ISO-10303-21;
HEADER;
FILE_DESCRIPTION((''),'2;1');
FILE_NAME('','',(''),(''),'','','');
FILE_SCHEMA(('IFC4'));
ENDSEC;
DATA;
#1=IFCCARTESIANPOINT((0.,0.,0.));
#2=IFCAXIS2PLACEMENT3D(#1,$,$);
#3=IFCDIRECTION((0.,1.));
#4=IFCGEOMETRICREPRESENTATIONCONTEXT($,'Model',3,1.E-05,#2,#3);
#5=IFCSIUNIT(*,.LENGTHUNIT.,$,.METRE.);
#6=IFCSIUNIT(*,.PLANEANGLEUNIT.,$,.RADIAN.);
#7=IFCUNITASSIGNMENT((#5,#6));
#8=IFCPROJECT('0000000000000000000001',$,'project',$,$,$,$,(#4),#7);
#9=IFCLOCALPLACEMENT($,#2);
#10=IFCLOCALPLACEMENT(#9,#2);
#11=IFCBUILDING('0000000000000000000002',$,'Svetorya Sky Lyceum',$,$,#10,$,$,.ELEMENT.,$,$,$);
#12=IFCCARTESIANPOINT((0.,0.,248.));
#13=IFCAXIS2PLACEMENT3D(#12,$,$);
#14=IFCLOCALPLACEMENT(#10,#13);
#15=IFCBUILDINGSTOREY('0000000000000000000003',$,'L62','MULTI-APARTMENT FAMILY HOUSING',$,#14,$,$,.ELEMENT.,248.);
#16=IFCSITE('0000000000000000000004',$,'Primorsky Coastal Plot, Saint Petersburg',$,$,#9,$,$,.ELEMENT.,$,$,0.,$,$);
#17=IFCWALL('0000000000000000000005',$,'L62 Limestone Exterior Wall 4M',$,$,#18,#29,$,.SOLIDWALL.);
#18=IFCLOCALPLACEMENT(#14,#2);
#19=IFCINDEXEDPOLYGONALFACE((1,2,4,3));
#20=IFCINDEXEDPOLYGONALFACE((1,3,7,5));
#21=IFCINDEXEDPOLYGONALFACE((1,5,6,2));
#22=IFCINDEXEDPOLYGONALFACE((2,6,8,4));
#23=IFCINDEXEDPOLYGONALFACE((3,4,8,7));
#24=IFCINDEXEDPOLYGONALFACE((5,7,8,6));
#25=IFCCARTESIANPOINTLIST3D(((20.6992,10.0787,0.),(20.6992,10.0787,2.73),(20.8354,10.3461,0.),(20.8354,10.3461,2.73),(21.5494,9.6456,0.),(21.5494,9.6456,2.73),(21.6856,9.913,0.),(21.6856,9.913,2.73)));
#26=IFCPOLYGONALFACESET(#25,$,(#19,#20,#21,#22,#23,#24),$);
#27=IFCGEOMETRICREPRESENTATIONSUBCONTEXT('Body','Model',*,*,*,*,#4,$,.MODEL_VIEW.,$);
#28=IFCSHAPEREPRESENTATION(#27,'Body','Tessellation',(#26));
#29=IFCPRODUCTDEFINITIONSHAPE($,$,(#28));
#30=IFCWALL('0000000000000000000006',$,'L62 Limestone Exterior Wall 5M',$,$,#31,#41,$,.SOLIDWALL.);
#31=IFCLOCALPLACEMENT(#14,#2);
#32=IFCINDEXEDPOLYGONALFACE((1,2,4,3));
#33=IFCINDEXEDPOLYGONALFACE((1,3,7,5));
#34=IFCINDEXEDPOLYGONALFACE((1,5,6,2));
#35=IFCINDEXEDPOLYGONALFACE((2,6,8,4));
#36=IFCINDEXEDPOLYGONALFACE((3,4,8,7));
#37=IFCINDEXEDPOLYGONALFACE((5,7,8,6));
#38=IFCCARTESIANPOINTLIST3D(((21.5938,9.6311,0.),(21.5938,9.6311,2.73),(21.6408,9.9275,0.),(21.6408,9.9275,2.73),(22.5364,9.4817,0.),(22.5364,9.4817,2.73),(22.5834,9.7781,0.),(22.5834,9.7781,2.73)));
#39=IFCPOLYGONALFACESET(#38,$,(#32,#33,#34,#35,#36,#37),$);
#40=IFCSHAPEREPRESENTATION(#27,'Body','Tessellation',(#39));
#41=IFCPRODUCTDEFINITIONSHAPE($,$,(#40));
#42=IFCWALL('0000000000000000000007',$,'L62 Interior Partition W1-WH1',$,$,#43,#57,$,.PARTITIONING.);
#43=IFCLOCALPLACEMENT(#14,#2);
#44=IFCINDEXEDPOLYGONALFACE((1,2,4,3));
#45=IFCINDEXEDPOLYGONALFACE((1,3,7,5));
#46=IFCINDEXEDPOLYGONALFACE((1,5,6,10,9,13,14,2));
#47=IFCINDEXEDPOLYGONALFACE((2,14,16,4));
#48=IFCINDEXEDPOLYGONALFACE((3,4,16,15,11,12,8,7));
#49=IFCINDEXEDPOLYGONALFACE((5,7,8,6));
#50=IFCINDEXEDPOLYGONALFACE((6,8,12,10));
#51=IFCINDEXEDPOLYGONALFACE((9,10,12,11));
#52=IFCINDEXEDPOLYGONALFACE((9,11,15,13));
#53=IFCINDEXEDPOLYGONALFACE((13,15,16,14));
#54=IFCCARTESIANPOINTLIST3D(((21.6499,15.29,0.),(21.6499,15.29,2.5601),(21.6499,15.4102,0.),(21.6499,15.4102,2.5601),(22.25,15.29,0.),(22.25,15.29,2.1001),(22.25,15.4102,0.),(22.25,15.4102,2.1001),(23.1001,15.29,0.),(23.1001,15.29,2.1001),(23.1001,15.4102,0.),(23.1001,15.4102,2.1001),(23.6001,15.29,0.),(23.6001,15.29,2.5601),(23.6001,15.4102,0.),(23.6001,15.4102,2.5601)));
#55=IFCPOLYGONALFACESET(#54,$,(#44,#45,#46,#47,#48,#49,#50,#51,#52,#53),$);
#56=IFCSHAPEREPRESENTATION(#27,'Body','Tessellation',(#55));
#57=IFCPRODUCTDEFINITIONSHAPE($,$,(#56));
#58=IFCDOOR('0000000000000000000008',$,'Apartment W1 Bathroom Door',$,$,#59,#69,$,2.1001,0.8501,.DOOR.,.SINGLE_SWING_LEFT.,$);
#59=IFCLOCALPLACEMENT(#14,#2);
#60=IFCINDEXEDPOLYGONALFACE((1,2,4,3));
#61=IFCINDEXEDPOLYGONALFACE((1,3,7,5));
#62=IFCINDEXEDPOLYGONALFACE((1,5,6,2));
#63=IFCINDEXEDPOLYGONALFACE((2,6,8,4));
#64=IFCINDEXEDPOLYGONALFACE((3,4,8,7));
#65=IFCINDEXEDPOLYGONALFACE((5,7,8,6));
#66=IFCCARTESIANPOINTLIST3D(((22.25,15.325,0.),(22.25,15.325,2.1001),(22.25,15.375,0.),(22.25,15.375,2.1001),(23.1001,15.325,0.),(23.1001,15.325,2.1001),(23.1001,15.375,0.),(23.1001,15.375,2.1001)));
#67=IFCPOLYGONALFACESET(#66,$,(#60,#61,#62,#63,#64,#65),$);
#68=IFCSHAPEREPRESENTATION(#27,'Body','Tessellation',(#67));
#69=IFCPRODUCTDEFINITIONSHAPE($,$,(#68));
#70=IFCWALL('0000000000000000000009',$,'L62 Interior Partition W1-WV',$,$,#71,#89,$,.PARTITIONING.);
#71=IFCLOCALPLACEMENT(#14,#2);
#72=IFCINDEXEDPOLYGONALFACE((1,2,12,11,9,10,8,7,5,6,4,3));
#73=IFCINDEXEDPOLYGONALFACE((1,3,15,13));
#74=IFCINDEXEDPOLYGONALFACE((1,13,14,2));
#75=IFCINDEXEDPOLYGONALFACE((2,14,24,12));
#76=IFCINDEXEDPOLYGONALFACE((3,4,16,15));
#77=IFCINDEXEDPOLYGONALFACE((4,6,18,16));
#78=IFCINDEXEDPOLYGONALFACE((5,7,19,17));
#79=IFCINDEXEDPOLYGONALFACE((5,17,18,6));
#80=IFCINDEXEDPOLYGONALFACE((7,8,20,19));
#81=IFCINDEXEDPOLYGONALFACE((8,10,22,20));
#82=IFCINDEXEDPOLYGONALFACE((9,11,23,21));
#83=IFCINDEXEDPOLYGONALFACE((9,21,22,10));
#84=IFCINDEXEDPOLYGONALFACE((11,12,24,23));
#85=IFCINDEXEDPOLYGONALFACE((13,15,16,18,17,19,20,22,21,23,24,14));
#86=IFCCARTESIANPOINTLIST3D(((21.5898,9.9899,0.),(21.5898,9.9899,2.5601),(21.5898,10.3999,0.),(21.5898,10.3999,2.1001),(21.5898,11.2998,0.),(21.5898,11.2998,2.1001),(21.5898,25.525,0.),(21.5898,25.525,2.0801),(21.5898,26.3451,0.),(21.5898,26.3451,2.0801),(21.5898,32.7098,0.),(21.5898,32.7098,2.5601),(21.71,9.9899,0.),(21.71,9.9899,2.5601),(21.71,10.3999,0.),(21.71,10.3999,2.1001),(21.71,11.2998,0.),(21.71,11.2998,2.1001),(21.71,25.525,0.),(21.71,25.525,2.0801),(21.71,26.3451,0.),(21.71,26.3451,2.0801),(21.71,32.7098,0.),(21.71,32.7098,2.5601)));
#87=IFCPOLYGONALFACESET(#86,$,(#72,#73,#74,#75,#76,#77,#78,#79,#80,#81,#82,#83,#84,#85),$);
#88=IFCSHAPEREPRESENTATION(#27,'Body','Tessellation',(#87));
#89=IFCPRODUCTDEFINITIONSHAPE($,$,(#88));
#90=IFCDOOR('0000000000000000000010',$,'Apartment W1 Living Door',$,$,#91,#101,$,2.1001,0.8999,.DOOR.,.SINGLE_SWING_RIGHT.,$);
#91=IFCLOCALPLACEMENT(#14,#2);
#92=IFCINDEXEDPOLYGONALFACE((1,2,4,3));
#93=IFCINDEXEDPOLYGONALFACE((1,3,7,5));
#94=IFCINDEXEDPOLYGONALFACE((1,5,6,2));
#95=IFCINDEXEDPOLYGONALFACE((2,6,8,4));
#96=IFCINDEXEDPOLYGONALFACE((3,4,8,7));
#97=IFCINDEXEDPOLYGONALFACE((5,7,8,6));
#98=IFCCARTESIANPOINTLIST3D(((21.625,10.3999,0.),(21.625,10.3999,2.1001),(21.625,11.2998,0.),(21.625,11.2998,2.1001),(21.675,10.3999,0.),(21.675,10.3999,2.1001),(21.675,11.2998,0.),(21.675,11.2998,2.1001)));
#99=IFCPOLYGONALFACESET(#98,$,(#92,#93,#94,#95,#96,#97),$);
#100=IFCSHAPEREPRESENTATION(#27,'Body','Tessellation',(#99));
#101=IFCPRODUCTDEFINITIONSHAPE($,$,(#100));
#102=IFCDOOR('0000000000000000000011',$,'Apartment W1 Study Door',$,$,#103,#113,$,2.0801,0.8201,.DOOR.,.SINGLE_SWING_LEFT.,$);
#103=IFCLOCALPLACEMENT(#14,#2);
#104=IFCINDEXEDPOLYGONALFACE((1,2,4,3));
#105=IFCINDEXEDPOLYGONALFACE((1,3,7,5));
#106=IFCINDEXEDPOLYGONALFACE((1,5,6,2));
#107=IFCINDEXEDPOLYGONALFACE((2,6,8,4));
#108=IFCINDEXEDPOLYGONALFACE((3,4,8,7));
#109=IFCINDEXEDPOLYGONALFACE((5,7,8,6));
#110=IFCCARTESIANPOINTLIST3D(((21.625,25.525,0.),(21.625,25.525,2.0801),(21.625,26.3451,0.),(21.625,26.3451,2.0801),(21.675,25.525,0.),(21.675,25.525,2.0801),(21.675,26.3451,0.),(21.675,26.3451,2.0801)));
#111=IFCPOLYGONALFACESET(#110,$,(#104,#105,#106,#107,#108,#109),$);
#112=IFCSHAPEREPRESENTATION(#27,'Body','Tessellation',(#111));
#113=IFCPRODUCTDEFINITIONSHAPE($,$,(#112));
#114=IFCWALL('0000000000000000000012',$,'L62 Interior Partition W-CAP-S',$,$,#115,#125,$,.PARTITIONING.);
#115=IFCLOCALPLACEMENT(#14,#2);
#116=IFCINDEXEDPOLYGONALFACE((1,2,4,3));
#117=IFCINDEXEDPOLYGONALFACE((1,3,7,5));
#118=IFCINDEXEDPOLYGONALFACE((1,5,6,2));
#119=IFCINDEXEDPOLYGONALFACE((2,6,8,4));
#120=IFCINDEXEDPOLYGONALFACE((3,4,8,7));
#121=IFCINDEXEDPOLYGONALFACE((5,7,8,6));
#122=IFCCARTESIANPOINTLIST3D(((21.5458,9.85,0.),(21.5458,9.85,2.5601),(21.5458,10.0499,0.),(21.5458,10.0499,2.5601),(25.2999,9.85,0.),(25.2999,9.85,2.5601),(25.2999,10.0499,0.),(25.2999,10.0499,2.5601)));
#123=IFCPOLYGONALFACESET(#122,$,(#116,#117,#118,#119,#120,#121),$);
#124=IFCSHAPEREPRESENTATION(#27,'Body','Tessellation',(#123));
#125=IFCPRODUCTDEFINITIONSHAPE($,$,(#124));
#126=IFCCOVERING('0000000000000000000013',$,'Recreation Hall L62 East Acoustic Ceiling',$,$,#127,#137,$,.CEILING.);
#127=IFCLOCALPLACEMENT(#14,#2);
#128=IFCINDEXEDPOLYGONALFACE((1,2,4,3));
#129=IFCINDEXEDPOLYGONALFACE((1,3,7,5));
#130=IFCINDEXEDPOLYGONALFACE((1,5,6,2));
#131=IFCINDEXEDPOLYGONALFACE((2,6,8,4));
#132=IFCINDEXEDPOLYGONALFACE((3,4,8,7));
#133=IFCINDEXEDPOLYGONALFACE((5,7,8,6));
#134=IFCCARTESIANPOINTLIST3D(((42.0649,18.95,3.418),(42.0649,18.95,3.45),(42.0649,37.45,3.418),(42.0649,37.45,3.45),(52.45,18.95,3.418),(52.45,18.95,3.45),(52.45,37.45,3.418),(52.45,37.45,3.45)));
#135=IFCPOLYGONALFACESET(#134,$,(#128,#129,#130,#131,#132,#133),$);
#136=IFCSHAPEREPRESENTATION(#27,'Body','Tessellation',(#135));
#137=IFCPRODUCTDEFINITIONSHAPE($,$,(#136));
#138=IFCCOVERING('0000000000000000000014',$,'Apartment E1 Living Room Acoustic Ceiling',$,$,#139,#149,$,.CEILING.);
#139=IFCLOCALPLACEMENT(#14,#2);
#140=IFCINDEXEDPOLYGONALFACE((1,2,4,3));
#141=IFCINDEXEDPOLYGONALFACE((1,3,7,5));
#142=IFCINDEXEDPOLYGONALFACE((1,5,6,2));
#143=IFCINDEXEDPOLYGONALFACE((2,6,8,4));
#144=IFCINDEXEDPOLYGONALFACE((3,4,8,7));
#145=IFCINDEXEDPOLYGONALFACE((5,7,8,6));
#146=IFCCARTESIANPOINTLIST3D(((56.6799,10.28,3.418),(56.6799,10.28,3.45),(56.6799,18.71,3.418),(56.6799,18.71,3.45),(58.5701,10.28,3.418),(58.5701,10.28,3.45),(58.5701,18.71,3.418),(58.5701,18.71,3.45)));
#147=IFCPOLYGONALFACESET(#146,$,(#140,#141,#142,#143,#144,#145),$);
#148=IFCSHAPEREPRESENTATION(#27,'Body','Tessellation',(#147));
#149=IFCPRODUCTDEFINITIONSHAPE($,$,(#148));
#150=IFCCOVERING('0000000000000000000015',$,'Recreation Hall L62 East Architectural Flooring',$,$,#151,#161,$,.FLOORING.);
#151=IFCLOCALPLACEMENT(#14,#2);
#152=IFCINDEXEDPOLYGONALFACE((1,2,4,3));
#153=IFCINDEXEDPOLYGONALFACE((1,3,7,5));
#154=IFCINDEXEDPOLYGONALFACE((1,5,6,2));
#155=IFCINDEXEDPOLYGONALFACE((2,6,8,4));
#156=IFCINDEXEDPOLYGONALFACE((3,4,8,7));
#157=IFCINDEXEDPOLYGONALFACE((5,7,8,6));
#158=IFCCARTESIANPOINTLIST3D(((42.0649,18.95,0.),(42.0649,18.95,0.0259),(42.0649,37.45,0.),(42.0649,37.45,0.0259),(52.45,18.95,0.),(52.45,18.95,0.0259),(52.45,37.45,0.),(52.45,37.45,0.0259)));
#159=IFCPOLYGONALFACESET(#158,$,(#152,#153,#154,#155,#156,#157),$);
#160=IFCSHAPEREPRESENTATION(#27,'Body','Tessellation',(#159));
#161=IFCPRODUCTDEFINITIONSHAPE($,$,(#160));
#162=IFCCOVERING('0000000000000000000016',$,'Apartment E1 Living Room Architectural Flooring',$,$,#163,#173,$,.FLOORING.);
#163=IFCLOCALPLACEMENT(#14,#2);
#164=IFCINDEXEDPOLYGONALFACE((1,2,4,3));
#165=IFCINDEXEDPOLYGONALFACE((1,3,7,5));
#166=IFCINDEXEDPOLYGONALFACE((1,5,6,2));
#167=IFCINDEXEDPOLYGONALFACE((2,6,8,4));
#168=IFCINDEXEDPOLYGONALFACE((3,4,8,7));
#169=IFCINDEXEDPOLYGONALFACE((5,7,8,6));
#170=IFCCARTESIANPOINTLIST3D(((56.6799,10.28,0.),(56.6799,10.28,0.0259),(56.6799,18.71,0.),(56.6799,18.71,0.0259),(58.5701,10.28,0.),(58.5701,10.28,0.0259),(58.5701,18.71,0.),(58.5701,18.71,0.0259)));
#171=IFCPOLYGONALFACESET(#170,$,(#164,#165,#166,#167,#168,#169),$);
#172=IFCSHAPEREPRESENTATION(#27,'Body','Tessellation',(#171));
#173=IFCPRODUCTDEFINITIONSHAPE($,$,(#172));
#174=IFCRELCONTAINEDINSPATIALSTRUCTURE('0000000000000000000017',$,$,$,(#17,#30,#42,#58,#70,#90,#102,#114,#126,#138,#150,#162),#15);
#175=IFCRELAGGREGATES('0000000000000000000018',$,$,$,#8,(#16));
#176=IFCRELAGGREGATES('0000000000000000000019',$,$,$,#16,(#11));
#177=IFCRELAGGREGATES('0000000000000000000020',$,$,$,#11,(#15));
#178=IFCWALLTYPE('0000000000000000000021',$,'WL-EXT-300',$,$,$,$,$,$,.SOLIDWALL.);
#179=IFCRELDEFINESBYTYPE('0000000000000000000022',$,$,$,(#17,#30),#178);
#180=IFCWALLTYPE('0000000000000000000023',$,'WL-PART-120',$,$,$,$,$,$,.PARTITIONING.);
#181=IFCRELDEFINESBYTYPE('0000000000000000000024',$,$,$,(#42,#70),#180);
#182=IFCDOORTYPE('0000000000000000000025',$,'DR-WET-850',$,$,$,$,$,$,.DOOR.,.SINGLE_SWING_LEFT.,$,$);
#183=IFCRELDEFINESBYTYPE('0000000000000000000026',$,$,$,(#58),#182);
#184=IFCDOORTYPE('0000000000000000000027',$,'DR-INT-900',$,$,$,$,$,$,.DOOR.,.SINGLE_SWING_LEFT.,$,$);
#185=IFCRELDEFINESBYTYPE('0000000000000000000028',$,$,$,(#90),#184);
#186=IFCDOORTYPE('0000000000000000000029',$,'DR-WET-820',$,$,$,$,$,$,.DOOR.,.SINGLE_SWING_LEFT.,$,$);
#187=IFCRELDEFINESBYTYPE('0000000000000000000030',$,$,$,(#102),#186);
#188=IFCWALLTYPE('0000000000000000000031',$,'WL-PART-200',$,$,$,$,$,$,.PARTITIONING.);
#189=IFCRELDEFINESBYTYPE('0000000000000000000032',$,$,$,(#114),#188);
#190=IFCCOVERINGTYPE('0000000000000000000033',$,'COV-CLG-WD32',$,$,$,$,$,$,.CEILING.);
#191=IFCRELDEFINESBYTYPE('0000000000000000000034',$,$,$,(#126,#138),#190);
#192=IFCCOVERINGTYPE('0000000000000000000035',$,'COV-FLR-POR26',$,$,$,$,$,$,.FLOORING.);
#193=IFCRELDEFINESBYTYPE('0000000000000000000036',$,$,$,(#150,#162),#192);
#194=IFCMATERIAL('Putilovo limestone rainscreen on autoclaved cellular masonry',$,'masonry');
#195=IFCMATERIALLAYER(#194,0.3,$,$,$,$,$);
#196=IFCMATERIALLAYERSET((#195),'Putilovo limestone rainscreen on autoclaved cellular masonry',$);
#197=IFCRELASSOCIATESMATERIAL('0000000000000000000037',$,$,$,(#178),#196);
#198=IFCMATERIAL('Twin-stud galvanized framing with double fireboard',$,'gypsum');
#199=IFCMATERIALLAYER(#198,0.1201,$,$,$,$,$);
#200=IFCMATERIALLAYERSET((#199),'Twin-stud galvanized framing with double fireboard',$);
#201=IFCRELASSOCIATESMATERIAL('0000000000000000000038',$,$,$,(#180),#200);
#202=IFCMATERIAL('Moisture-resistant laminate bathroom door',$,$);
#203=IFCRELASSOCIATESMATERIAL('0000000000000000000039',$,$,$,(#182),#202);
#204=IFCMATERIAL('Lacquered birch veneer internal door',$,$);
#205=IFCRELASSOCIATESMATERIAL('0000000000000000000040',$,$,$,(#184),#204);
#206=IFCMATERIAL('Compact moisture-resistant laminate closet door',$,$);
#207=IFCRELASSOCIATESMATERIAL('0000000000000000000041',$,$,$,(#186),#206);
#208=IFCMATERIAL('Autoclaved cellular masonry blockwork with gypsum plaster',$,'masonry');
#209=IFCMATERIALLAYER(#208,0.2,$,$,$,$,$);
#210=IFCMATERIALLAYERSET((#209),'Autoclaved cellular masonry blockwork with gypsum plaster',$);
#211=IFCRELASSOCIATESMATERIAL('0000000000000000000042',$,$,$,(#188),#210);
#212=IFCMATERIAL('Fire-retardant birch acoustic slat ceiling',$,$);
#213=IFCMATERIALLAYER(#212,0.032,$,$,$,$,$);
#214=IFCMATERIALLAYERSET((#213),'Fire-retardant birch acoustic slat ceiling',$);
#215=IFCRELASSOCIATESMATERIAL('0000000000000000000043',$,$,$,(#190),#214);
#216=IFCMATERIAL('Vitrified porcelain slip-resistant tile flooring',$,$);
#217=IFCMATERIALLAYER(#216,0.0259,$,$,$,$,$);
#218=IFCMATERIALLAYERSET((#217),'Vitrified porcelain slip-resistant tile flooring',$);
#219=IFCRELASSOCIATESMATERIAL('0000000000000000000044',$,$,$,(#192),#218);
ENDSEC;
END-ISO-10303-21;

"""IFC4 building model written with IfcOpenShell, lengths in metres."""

from ifc_helpers import new_model, si_unit, direction, frame, frame_2d, origin, place, context, subcontext, project, spatial, polyline, rectangle, outline, extrude, material, layer, layer_set, type_object, element, fill, save


model = new_model("IFC4")

# Units and contexts
model_context = context("Model", 3, precision=1e-05, world=origin(), true_north=direction((0.0, 1.0)))
body_context = subcontext(model_context, "Body", "Model", "MODEL_VIEW")
ifc_project = project(units=[si_unit("LENGTHUNIT", "METRE"), si_unit("PLANEANGLEUNIT", "RADIAN")], contexts=[model_context])

# Site, building, storey
site_placement = place(None, origin())
site = spatial("IfcSite", under=ifc_project, at=site_placement, Name="Primorsky Coastal Plot, Saint Petersburg", CompositionType="ELEMENT", RefElevation=0.0)
building_placement = place(site_placement, origin())
building = spatial("IfcBuilding", under=site, at=building_placement, Name="Svetorya Sky Lyceum", CompositionType="ELEMENT")
storey_placement = place(building_placement, frame((0.0, 0.0, 248.0)))
storey = spatial("IfcBuildingStorey", under=building, at=storey_placement, Name="L62", Description="MULTI-APARTMENT FAMILY HOUSING", CompositionType="ELEMENT", Elevation=248.0)

# Walls
ifc_material_1 = material(Name="Putilovo limestone rainscreen on autoclaved cellular masonry", Category="masonry")
ifc_layer_1 = layer(ifc_material_1, 0.3)
ifc_layer_set_1 = layer_set([ifc_layer_1], Name="Putilovo limestone rainscreen on autoclaved cellular masonry")
wall_type_1 = type_object("IfcWallType", Name="WL-EXT-300", PredefinedType="SOLIDWALL", material=ifc_layer_set_1)
wall_1_placement = place(storey_placement, frame((20.7673, 10.2124, 0.0), z_axis=(0.0, 0.0, 1.0), x_axis=(0.891024, -0.453956, 0.0)))
element("IfcWall", 1, at=wall_1_placement, inside=storey, type_object=wall_type_1, Name="L62 Limestone Exterior Wall 4M", PredefinedType="SOLIDWALL", context=body_context, shape_type="SweptSolid", body=[
    extrude(rectangle(XDim=0.9541, YDim=0.3, at=frame_2d((0.4771, 0.0))), origin(), (0.0, 0.0, 1.0), 2.73),
])
wall_2_placement = place(storey_placement, frame((21.6174, 9.7793, 0.0), z_axis=(0.0, 0.0, 1.0), x_axis=(0.987669, -0.156554, 0.0)))
element("IfcWall", 2, at=wall_2_placement, inside=storey, type_object=wall_type_1, Name="L62 Limestone Exterior Wall 5M", PredefinedType="SOLIDWALL", context=body_context, shape_type="SweptSolid", body=[
    extrude(rectangle(XDim=0.9543, YDim=0.3, at=frame_2d((0.4771, 0.0))), origin(), (0.0, 0.0, 1.0), 2.73),
])

# Wall, opening, door
ifc_material_2 = material(Name="Twin-stud galvanized framing with double fireboard", Category="gypsum")
ifc_layer_2 = layer(ifc_material_2, 0.1201)
ifc_layer_set_2 = layer_set([ifc_layer_2], Name="Twin-stud galvanized framing with double fireboard")
wall_type_2 = type_object("IfcWallType", Name="WL-PART-120", PredefinedType="PARTITIONING", material=ifc_layer_set_2)
wall_3_placement = place(storey_placement, frame((21.6499, 15.3501, 0.0), z_axis=(0.0, 0.0, 1.0), x_axis=(1.0, 0.0, 0.0)))
wall_3 = element("IfcWall", 3, at=wall_3_placement, inside=storey, type_object=wall_type_2, Name="L62 Interior Partition W1-WH1", PredefinedType="PARTITIONING", context=body_context, shape_type="SweptSolid", body=[
    extrude(rectangle(XDim=1.9502, YDim=0.1201, at=frame_2d((0.9751, 0.0))), origin(), (0.0, 0.0, 1.0), 2.5601),
])
opening_1_placement = place(wall_3_placement, frame((0.6001, 0.0, 0.0)))
opening_1 = element("IfcOpeningElement", 4, at=opening_1_placement, cuts=wall_3, PredefinedType="OPENING", context=body_context, shape_type="SweptSolid", body=[
    extrude(rectangle(XDim=0.8501, YDim=2.1001, at=frame_2d((0.425, 1.05))), frame((0.0, 0.0701, 0.0), z_axis=(0.0, -1.0, 0.0), x_axis=(1.0, 0.0, 0.0)), (0.0, 0.0, 1.0), 0.1401),
])
ifc_material_3 = material(Name="Moisture-resistant laminate bathroom door")
door_type_1 = type_object("IfcDoorType", Name="DR-WET-850", OperationType="SINGLE_SWING_LEFT", PredefinedType="DOOR", material=ifc_material_3)
door_1_placement = place(opening_1_placement, origin())
door_1 = element("IfcDoor", 5, at=door_1_placement, inside=storey, type_object=door_type_1, Name="Apartment W1 Bathroom Door", OperationType="SINGLE_SWING_LEFT", OverallHeight=2.1001, OverallWidth=0.8501, PredefinedType="DOOR", context=body_context, shape_type="SweptSolid", body=[
    extrude(rectangle(XDim=0.8501, YDim=2.1001, at=frame_2d((0.425, 1.05))), frame((0.0, 0.0249, 0.0), z_axis=(0.0, -1.0, 0.0), x_axis=(1.0, 0.0, 0.0)), (0.0, 0.0, 1.0), 0.05),
])
fill(opening_1, door_1)

# Wall, openings, doors
wall_4_placement = place(storey_placement, frame((21.6499, 9.99, 0.0), z_axis=(0.0, 0.0, 1.0), x_axis=(0.0, 1.0, 0.0)))
wall_4 = element("IfcWall", 6, at=wall_4_placement, inside=storey, type_object=wall_type_2, Name="L62 Interior Partition W1-WV", PredefinedType="PARTITIONING", context=body_context, shape_type="SweptSolid", body=[
    extrude(rectangle(XDim=22.72, YDim=0.1201, at=frame_2d((11.3599, 0.0))), origin(), (0.0, 0.0, 1.0), 2.5601),
])
opening_2_placement = place(wall_4_placement, frame((0.4099, 0.0, 0.0)))
opening_2 = element("IfcOpeningElement", 7, at=opening_2_placement, cuts=wall_4, PredefinedType="OPENING", context=body_context, shape_type="SweptSolid", body=[
    extrude(rectangle(XDim=0.8999, YDim=2.1001, at=frame_2d((0.45, 1.05))), frame((0.0, 0.0701, 0.0), z_axis=(0.0, -1.0, 0.0), x_axis=(1.0, 0.0, 0.0)), (0.0, 0.0, 1.0), 0.1401),
])
opening_3_placement = place(wall_4_placement, frame((15.5349, 0.0, 0.0)))
opening_3 = element("IfcOpeningElement", 8, at=opening_3_placement, cuts=wall_4, PredefinedType="OPENING", context=body_context, shape_type="SweptSolid", body=[
    extrude(rectangle(XDim=0.8201, YDim=2.0801, at=frame_2d((0.4102, 1.04))), frame((0.0, 0.0701, 0.0), z_axis=(0.0, -1.0, 0.0), x_axis=(1.0, 0.0, 0.0)), (0.0, 0.0, 1.0), 0.1401),
])
ifc_material_4 = material(Name="Lacquered birch veneer internal door")
door_type_2 = type_object("IfcDoorType", Name="DR-INT-900", OperationType="SINGLE_SWING_LEFT", PredefinedType="DOOR", material=ifc_material_4)
door_2_placement = place(opening_2_placement, origin())
door_2 = element("IfcDoor", 9, at=door_2_placement, inside=storey, type_object=door_type_2, Name="Apartment W1 Living Door", OperationType="SINGLE_SWING_RIGHT", OverallHeight=2.1001, OverallWidth=0.8999, PredefinedType="DOOR", context=body_context, shape_type="SweptSolid", body=[
    extrude(rectangle(XDim=0.8999, YDim=2.1001, at=frame_2d((0.45, 1.05))), frame((0.0, 0.0249, 0.0), z_axis=(0.0, -1.0, 0.0), x_axis=(1.0, 0.0, 0.0)), (0.0, 0.0, 1.0), 0.05),
])
fill(opening_2, door_2)
ifc_material_5 = material(Name="Compact moisture-resistant laminate closet door")
door_type_3 = type_object("IfcDoorType", Name="DR-WET-820", OperationType="SINGLE_SWING_LEFT", PredefinedType="DOOR", material=ifc_material_5)
door_3_placement = place(opening_3_placement, origin())
door_3 = element("IfcDoor", 10, at=door_3_placement, inside=storey, type_object=door_type_3, Name="Apartment W1 Study Door", OperationType="SINGLE_SWING_LEFT", OverallHeight=2.0801, OverallWidth=0.8201, PredefinedType="DOOR", context=body_context, shape_type="SweptSolid", body=[
    extrude(rectangle(XDim=0.8201, YDim=2.0801, at=frame_2d((0.4102, 1.04))), frame((0.0, 0.0249, 0.0), z_axis=(0.0, -1.0, 0.0), x_axis=(1.0, 0.0, 0.0)), (0.0, 0.0, 1.0), 0.05),
])
fill(opening_3, door_3)

# Wall
ifc_material_6 = material(Name="Autoclaved cellular masonry blockwork with gypsum plaster", Category="masonry")
ifc_layer_3 = layer(ifc_material_6, 0.2)
ifc_layer_set_3 = layer_set([ifc_layer_3], Name="Autoclaved cellular masonry blockwork with gypsum plaster")
wall_type_3 = type_object("IfcWallType", Name="WL-PART-200", PredefinedType="PARTITIONING", material=ifc_layer_set_3)
wall_5_placement = place(storey_placement, frame((21.5459, 9.95, 0.0), z_axis=(0.0, 0.0, 1.0), x_axis=(1.0, 0.0, 0.0)))
element("IfcWall", 11, at=wall_5_placement, inside=storey, type_object=wall_type_3, Name="L62 Interior Partition W-CAP-S", PredefinedType="PARTITIONING", context=body_context, shape_type="SweptSolid", body=[
    extrude(rectangle(XDim=3.7542, YDim=0.2, at=frame_2d((1.877, 0.0))), origin(), (0.0, 0.0, 1.0), 2.5601),
])

# Coverings
ifc_material_7 = material(Name="Fire-retardant birch acoustic slat ceiling")
ifc_layer_4 = layer(ifc_material_7, 0.032)
ifc_layer_set_4 = layer_set([ifc_layer_4], Name="Fire-retardant birch acoustic slat ceiling")
covering_type_1 = type_object("IfcCoveringType", Name="COV-CLG-WD32", PredefinedType="CEILING", material=ifc_layer_set_4)
covering_1_placement = place(storey_placement, frame((0.0, 0.0, 3.418)))
element("IfcCovering", 12, at=covering_1_placement, inside=storey, type_object=covering_type_1, Name="Recreation Hall L62 East Acoustic Ceiling", PredefinedType="CEILING", context=body_context, shape_type="SweptSolid", body=[
    extrude(outline(polyline([(42.0649, 18.95), (52.45, 18.95), (52.45, 37.45), (42.0649, 37.45), (42.0649, 18.95)])), origin(), (0.0, 0.0, 1.0), 0.032),
])
covering_2_placement = place(storey_placement, frame((0.0, 0.0, 3.418)))
element("IfcCovering", 13, at=covering_2_placement, inside=storey, type_object=covering_type_1, Name="Apartment E1 Living Room Acoustic Ceiling", PredefinedType="CEILING", context=body_context, shape_type="SweptSolid", body=[
    extrude(outline(polyline([(56.6799, 10.28), (58.5701, 10.28), (58.5701, 18.71), (56.6799, 18.71), (56.6799, 10.28)])), origin(), (0.0, 0.0, 1.0), 0.032),
])
ifc_material_8 = material(Name="Vitrified porcelain slip-resistant tile flooring")
ifc_layer_5 = layer(ifc_material_8, 0.0259)
ifc_layer_set_5 = layer_set([ifc_layer_5], Name="Vitrified porcelain slip-resistant tile flooring")
covering_type_2 = type_object("IfcCoveringType", Name="COV-FLR-POR26", PredefinedType="FLOORING", material=ifc_layer_set_5)
covering_3_placement = place(storey_placement, origin())
element("IfcCovering", 14, at=covering_3_placement, inside=storey, type_object=covering_type_2, Name="Recreation Hall L62 East Architectural Flooring", PredefinedType="FLOORING", context=body_context, shape_type="SweptSolid", body=[
    extrude(outline(polyline([(42.0649, 18.95), (52.45, 18.95), (52.45, 37.45), (42.0649, 37.45), (42.0649, 18.95)])), origin(), (0.0, 0.0, 1.0), 0.0259),
])
covering_4_placement = place(storey_placement, origin())
element("IfcCovering", 15, at=covering_4_placement, inside=storey, type_object=covering_type_2, Name="Apartment E1 Living Room Architectural Flooring", PredefinedType="FLOORING", context=body_context, shape_type="SweptSolid", body=[
    extrude(outline(polyline([(56.6799, 10.28), (58.5701, 10.28), (58.5701, 18.71), (56.6799, 18.71), (56.6799, 10.28)])), origin(), (0.0, 0.0, 1.0), 0.0259),
])

save(model, "model.ifc")
